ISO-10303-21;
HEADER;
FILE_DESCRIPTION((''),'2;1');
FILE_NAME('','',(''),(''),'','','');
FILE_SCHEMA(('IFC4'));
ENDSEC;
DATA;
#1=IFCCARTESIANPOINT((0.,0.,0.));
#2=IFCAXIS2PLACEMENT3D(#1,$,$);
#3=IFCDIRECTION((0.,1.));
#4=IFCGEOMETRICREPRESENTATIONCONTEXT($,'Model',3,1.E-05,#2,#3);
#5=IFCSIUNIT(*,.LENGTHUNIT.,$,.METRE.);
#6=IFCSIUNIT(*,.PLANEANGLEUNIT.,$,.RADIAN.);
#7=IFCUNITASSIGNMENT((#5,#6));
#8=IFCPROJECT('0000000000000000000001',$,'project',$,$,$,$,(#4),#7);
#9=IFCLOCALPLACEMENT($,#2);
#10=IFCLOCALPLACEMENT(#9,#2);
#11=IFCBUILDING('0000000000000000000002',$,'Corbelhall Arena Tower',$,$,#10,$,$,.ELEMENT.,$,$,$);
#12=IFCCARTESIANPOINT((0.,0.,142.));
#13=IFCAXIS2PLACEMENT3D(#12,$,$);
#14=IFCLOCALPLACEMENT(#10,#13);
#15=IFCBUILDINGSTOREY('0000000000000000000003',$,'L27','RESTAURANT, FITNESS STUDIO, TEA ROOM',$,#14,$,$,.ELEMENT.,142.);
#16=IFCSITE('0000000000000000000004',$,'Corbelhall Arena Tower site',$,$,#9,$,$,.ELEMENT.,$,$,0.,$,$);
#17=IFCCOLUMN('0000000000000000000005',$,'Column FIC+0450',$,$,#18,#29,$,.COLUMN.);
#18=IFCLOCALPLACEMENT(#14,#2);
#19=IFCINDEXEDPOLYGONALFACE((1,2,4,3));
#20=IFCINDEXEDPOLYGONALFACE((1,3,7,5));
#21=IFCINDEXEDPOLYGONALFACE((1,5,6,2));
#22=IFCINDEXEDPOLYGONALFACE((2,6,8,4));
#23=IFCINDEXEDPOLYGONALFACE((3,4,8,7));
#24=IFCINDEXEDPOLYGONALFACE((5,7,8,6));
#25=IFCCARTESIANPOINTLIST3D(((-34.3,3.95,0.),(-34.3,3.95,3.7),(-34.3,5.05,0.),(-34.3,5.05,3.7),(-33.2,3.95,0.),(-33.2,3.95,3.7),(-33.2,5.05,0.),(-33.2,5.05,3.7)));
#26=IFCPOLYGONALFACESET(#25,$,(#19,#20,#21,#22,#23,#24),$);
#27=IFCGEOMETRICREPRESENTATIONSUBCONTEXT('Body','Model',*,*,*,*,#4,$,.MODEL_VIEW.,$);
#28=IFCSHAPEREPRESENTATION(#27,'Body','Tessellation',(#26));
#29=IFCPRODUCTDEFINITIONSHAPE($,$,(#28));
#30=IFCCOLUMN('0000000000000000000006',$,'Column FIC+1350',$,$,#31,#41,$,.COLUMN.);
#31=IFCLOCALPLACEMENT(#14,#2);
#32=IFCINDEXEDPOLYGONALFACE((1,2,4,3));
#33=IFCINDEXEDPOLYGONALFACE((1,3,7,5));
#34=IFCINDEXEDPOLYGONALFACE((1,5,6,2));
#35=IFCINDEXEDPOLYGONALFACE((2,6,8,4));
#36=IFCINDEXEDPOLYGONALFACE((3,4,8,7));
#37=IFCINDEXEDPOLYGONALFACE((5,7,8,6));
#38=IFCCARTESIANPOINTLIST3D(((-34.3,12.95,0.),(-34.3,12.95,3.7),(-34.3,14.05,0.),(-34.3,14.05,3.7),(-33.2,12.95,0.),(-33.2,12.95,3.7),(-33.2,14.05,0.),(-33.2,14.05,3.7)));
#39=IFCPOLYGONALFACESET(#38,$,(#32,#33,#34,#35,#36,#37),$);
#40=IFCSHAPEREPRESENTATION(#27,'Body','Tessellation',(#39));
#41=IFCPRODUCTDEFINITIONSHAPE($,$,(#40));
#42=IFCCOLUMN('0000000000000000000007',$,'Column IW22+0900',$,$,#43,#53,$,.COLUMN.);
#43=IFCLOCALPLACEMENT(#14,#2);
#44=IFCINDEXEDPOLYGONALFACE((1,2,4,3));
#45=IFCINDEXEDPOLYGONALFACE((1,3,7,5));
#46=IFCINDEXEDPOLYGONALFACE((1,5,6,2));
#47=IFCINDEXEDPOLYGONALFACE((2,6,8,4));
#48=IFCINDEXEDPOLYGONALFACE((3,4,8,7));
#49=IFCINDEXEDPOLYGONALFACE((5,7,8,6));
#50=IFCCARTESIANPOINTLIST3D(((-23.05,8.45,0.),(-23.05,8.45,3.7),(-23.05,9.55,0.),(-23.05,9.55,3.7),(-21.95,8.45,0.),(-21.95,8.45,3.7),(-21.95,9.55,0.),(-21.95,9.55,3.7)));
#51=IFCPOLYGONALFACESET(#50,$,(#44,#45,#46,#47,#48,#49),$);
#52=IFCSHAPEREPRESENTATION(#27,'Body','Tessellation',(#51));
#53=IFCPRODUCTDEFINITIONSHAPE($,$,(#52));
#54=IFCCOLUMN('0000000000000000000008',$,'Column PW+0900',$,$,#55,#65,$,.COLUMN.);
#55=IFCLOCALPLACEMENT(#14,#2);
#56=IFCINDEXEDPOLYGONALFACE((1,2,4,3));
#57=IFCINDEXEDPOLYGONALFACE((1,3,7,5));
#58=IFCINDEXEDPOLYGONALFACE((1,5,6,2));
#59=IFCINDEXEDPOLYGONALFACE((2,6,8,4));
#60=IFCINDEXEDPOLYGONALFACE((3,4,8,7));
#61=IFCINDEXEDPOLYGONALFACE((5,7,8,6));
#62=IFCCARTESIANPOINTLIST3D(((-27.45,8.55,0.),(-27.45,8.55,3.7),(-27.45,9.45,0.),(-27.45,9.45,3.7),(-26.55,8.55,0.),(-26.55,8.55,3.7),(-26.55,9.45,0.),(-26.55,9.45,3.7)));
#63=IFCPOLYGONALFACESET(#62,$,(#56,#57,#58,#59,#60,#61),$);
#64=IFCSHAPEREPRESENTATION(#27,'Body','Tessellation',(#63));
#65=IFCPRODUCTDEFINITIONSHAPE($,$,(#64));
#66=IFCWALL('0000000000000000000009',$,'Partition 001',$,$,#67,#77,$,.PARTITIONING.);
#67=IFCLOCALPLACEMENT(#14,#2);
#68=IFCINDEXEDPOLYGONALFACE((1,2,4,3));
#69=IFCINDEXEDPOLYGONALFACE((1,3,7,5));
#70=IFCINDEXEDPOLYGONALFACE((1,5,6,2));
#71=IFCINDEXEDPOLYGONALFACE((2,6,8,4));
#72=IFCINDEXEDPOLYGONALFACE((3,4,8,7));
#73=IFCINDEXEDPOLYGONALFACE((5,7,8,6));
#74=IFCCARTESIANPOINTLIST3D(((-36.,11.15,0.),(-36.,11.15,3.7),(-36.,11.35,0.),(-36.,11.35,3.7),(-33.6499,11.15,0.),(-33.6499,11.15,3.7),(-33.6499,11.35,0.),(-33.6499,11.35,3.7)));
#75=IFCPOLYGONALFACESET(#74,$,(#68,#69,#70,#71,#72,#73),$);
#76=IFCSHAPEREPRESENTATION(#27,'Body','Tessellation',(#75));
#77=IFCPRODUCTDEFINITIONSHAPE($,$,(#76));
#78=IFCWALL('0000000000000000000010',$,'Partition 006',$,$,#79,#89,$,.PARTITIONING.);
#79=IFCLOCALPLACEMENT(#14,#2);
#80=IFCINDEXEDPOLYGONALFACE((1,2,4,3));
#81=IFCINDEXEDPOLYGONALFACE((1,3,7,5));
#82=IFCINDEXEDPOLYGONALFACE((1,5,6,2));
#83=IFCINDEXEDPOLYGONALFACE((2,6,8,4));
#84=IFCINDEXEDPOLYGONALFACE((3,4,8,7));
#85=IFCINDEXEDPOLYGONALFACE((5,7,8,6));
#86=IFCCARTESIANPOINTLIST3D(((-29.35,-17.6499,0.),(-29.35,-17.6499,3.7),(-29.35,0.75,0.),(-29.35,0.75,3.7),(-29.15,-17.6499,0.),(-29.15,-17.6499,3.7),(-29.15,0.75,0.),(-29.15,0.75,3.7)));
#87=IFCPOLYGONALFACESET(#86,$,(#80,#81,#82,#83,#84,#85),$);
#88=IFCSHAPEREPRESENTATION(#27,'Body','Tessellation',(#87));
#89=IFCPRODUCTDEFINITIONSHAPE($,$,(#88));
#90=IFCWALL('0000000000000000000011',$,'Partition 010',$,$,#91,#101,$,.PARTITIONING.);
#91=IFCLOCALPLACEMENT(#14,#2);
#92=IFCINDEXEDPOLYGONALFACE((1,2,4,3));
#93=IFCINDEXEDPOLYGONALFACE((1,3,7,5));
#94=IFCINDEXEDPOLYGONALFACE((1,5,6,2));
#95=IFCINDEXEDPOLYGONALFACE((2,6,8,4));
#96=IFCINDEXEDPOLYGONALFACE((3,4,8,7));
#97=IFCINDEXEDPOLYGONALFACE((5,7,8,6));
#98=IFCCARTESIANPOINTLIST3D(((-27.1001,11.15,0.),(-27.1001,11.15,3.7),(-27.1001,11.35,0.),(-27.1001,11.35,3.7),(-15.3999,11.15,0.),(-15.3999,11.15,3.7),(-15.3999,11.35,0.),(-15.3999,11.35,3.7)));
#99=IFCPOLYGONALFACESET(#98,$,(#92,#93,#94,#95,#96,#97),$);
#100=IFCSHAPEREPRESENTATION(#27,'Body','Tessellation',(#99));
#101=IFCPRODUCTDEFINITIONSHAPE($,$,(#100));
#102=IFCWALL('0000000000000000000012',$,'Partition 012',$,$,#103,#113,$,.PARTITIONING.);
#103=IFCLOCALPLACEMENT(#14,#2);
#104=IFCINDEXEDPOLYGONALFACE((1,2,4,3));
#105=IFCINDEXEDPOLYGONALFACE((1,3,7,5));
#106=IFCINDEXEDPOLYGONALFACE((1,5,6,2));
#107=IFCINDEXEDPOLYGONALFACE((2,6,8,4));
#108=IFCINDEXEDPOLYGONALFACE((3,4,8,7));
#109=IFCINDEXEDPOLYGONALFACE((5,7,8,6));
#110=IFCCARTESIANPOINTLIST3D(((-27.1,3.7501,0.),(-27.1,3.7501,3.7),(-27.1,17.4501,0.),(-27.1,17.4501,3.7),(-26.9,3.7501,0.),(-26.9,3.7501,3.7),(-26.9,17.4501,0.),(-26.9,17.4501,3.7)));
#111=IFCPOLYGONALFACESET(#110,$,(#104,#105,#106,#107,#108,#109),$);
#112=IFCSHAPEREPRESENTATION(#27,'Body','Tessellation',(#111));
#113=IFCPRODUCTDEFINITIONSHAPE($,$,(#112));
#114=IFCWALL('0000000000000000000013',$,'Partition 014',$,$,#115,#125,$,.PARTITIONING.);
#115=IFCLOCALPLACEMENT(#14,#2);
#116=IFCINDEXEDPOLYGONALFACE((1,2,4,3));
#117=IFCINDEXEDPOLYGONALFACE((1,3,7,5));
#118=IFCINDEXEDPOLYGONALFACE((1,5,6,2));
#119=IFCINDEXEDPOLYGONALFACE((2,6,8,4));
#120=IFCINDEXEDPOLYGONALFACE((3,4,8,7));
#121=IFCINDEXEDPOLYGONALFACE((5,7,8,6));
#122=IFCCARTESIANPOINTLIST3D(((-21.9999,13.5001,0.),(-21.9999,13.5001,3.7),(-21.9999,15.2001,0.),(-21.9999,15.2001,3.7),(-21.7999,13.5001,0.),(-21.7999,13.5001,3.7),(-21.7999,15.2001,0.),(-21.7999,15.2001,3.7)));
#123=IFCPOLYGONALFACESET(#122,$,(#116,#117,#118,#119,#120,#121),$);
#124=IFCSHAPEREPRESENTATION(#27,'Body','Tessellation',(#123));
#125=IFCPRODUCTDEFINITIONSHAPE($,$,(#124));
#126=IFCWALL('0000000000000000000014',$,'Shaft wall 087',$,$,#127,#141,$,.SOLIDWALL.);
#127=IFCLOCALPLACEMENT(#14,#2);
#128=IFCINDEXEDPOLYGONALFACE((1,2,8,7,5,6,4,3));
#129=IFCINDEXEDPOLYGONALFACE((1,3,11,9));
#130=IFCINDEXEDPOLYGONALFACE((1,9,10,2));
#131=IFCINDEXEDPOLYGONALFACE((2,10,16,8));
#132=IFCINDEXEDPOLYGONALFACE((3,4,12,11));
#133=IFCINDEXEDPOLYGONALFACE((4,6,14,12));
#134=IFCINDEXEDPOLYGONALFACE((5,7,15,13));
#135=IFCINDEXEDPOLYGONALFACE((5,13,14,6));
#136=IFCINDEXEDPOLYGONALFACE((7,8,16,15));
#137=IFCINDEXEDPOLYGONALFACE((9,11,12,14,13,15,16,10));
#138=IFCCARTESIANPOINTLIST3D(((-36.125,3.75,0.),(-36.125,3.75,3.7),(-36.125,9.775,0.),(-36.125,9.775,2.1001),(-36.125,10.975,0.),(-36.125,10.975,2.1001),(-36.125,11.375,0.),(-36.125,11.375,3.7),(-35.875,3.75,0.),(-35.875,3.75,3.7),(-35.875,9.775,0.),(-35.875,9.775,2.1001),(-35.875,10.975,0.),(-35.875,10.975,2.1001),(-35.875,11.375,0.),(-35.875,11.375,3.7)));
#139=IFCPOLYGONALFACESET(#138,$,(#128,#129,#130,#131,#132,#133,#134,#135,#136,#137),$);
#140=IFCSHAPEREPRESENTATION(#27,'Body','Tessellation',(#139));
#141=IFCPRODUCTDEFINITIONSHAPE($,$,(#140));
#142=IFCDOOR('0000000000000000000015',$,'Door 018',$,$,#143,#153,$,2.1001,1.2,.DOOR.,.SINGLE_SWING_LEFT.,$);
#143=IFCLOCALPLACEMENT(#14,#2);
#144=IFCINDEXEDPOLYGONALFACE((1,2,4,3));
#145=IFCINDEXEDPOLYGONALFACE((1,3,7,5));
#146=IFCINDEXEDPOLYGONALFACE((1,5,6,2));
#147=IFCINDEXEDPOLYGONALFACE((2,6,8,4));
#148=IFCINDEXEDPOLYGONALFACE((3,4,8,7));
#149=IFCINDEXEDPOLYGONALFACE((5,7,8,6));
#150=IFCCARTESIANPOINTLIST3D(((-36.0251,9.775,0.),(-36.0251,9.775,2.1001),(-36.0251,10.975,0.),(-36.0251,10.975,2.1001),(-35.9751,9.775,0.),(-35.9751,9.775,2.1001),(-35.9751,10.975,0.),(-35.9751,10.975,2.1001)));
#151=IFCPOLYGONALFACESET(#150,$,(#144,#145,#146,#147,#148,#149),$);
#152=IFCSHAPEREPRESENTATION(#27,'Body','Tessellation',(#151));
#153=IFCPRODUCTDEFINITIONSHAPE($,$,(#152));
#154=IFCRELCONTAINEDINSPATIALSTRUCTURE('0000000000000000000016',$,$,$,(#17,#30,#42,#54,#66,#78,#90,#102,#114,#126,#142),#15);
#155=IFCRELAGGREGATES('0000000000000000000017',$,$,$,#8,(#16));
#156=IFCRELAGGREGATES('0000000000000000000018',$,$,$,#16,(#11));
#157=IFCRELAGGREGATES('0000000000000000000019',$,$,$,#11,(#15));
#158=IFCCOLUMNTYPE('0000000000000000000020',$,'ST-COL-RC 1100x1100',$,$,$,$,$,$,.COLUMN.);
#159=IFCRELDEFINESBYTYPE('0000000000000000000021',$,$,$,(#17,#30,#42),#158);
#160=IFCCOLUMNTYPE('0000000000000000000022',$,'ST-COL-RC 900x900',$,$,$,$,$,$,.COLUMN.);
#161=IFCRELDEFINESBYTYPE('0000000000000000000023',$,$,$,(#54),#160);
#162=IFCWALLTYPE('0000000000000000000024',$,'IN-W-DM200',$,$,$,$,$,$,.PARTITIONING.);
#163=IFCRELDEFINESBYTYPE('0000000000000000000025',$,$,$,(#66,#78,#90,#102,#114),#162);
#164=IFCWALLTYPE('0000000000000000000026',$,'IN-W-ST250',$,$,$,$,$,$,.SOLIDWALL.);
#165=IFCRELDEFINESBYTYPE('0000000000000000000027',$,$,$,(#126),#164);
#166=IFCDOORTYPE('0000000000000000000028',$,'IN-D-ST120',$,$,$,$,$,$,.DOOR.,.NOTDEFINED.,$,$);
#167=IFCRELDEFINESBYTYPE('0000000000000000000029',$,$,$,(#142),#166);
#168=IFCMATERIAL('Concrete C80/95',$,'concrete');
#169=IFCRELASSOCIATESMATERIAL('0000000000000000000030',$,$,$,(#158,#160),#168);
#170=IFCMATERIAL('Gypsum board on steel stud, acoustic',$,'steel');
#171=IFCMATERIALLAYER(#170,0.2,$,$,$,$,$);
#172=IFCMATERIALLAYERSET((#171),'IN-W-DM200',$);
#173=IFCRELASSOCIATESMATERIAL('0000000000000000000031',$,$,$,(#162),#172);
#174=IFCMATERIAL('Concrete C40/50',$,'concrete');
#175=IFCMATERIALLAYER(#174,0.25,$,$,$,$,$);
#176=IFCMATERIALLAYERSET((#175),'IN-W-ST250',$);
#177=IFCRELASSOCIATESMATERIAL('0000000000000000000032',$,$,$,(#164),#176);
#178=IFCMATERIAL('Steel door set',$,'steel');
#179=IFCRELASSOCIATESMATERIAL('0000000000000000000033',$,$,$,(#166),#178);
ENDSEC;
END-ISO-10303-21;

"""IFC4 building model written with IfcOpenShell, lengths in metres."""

from ifc_helpers import new_model, si_unit, direction, frame, frame_2d, origin, origin_2d, place, context, subcontext, project, spatial, rectangle, extrude, material, layer, layer_set, material_profile, profile_set, type_object, element, fill, save


model = new_model("IFC4")

# Units and contexts
model_context = context("Model", 3, precision=1e-05, world=origin(), true_north=direction((0.0, 1.0)))
body_context = subcontext(model_context, "Body", "Model", "MODEL_VIEW")
ifc_project = project(units=[si_unit("LENGTHUNIT", "METRE"), si_unit("PLANEANGLEUNIT", "RADIAN")], contexts=[model_context])

# Site, building, storey
site_placement = place(None, origin())
site = spatial("IfcSite", under=ifc_project, at=site_placement, Name="Corbelhall Arena Tower site", CompositionType="ELEMENT", RefElevation=0.0)
building_placement = place(site_placement, origin())
building = spatial("IfcBuilding", under=site, at=building_placement, Name="Corbelhall Arena Tower", CompositionType="ELEMENT")
storey_placement = place(building_placement, frame((0.0, 0.0, 142.0)))
storey = spatial("IfcBuildingStorey", under=building, at=storey_placement, Name="L27", Description="RESTAURANT, FITNESS STUDIO, TEA ROOM", CompositionType="ELEMENT", Elevation=142.0)

# Columns
ifc_material_1 = material(Name="Concrete C80/95", Category="concrete")
ifc_material_profile_1 = material_profile(ifc_material_1, rectangle(XDim=1.1001, YDim=1.1001, at=origin_2d()))
ifc_profile_set_1 = profile_set([ifc_material_profile_1], Name="Concrete C80/95")
column_type_1 = type_object("IfcColumnType", Name="ST-COL-RC 1100x1100", PredefinedType="COLUMN", material=ifc_profile_set_1)
for number, where, z_axis, x_axis, name in (
    (1, (-33.75, 4.5, 0.0), (0.0, 0.0, 1.0), (1.0, 0.0, 0.0), "Column FIC+0450"),
    (2, (-33.75, 13.5, 0.0), (0.0, 0.0, 1.0), (1.0, 0.0, 0.0), "Column FIC+1350"),
    (3, (-22.5, 9.0, 0.0), (0.0, 0.0, 1.0), (1.0, 0.0, 0.0), "Column IW22+0900"),
):
    element("IfcColumn", number, at=place(storey_placement, frame(where, z_axis=z_axis, x_axis=x_axis)), inside=storey, type_object=column_type_1, Name=name, PredefinedType="COLUMN", context=body_context, shape_type="SweptSolid", body=[
        extrude(rectangle(XDim=1.1001, YDim=1.1001, at=origin_2d()), origin(), (0.0, 0.0, 1.0), 3.7),
    ])
ifc_material_profile_2 = material_profile(ifc_material_1, rectangle(XDim=0.8999, YDim=0.8999, at=origin_2d()))
ifc_profile_set_2 = profile_set([ifc_material_profile_2], Name="Concrete C80/95")
column_type_2 = type_object("IfcColumnType", Name="ST-COL-RC 900x900", PredefinedType="COLUMN", material=ifc_profile_set_2)
column_placement = place(storey_placement, frame((-27.0, 9.0, 0.0), z_axis=(0.0, 0.0, 1.0), x_axis=(1.0, 0.0, 0.0)))
element("IfcColumn", 4, at=column_placement, inside=storey, type_object=column_type_2, Name="Column PW+0900", PredefinedType="COLUMN", context=body_context, shape_type="SweptSolid", body=[
    extrude(rectangle(XDim=0.8999, YDim=0.8999, at=origin_2d()), origin(), (0.0, 0.0, 1.0), 3.7),
])

# Wall
ifc_material_2 = material(Name="Gypsum board on steel stud, acoustic", Category="steel")
ifc_layer_1 = layer(ifc_material_2, 0.2)
ifc_layer_set_1 = layer_set([ifc_layer_1], Name="IN-W-DM200")
wall_type_1 = type_object("IfcWallType", Name="IN-W-DM200", PredefinedType="PARTITIONING", material=ifc_layer_set_1)
wall_1_placement = place(storey_placement, frame((-36.0, 11.25, 0.0), z_axis=(0.0, 0.0, 1.0), x_axis=(1.0, 0.0, 0.0)))
element("IfcWall", 5, at=wall_1_placement, inside=storey, type_object=wall_type_1, Name="Partition 001", PredefinedType="PARTITIONING", context=body_context, shape_type="SweptSolid", body=[
    extrude(rectangle(XDim=2.3501, YDim=0.2, at=frame_2d((1.175, 0.0))), origin(), (0.0, 0.0, 1.0), 3.7),
])

# Shared definitions
ifc_material_3 = material(Name="Steel door set", Category="steel")

# Walls
wall_2_placement = place(storey_placement, frame((-29.25, 0.75, 0.0), z_axis=(0.0, 0.0, 1.0), x_axis=(0.0, -1.0, 0.0)))
element("IfcWall", 6, at=wall_2_placement, inside=storey, type_object=wall_type_1, Name="Partition 006", PredefinedType="PARTITIONING", context=body_context, shape_type="SweptSolid", body=[
    extrude(rectangle(XDim=18.3999, YDim=0.2, at=frame_2d((9.2, 0.0))), origin(), (0.0, 0.0, 1.0), 3.7),
])
wall_3_placement = place(storey_placement, frame((-27.1001, 11.25, 0.0), z_axis=(0.0, 0.0, 1.0), x_axis=(1.0, 0.0, 0.0)))
element("IfcWall", 7, at=wall_3_placement, inside=storey, type_object=wall_type_1, Name="Partition 010", PredefinedType="PARTITIONING", context=body_context, shape_type="SweptSolid", body=[
    extrude(rectangle(XDim=11.7002, YDim=0.2, at=frame_2d((5.8501, 0.0))), origin(), (0.0, 0.0, 1.0), 3.7),
])
wall_4_placement = place(storey_placement, frame((-27.0, 3.75, 0.0), z_axis=(0.0, 0.0, 1.0), x_axis=(0.0, 1.0, 0.0)))
element("IfcWall", 8, at=wall_4_placement, inside=storey, type_object=wall_type_1, Name="Partition 012", PredefinedType="PARTITIONING", context=body_context, shape_type="SweptSolid", body=[
    extrude(rectangle(XDim=13.7, YDim=0.2, at=frame_2d((6.8501, 0.0))), origin(), (0.0, 0.0, 1.0), 3.7),
])
wall_5_placement = place(storey_placement, frame((-21.8999, 13.5, 0.0), z_axis=(0.0, 0.0, 1.0), x_axis=(0.0, 1.0, 0.0)))
element("IfcWall", 9, at=wall_5_placement, inside=storey, type_object=wall_type_1, Name="Partition 014", PredefinedType="PARTITIONING", context=body_context, shape_type="SweptSolid", body=[
    extrude(rectangle(XDim=1.7, YDim=0.2, at=frame_2d((0.8501, 0.0))), origin(), (0.0, 0.0, 1.0), 3.7),
])

# Wall, opening, door
ifc_material_4 = material(Name="Concrete C40/50", Category="concrete")
ifc_layer_2 = layer(ifc_material_4, 0.25)
ifc_layer_set_2 = layer_set([ifc_layer_2], Name="IN-W-ST250")
wall_type_2 = type_object("IfcWallType", Name="IN-W-ST250", PredefinedType="SOLIDWALL", material=ifc_layer_set_2)
wall_6_placement = place(storey_placement, frame((-36.0, 11.375, 0.0), z_axis=(0.0, 0.0, 1.0), x_axis=(0.0, -1.0, 0.0)))
wall_6 = element("IfcWall", 10, at=wall_6_placement, inside=storey, type_object=wall_type_2, Name="Shaft wall 087", PredefinedType="SOLIDWALL", context=body_context, shape_type="SweptSolid", body=[
    extrude(rectangle(XDim=7.625, YDim=0.25, at=frame_2d((3.8125, 0.0))), origin(), (0.0, 0.0, 1.0), 3.7),
])
opening_1_placement = place(wall_6_placement, frame((0.3999, 0.0, 0.0)))
opening_1 = element("IfcOpeningElement", 11, at=opening_1_placement, cuts=wall_6, PredefinedType="OPENING", context=body_context, shape_type="SweptSolid", body=[
    extrude(rectangle(XDim=1.2, YDim=2.1001, at=frame_2d((0.6001, 1.05))), frame((0.0, 0.125, 0.0), z_axis=(0.0, -1.0, 0.0), x_axis=(1.0, 0.0, 0.0)), (0.0, 0.0, 1.0), 0.25),
])
door_type_1 = type_object("IfcDoorType", Name="IN-D-ST120", OperationType="NOTDEFINED", PredefinedType="DOOR", material=ifc_material_3)
door_1_placement = place(opening_1_placement, origin())
door_1 = element("IfcDoor", 12, at=door_1_placement, inside=storey, type_object=door_type_1, Name="Door 018", OperationType="SINGLE_SWING_LEFT", OverallHeight=2.1001, OverallWidth=1.2, PredefinedType="DOOR", context=body_context, shape_type="SweptSolid", body=[
    extrude(rectangle(XDim=1.2, YDim=2.1001, at=frame_2d((0.6001, 1.05))), frame((0.0, 0.0249, 0.0), z_axis=(0.0, -1.0, 0.0), x_axis=(1.0, 0.0, 0.0)), (0.0, 0.0, 1.0), 0.05),
])
fill(opening_1, door_1)

save(model, "model.ifc")
